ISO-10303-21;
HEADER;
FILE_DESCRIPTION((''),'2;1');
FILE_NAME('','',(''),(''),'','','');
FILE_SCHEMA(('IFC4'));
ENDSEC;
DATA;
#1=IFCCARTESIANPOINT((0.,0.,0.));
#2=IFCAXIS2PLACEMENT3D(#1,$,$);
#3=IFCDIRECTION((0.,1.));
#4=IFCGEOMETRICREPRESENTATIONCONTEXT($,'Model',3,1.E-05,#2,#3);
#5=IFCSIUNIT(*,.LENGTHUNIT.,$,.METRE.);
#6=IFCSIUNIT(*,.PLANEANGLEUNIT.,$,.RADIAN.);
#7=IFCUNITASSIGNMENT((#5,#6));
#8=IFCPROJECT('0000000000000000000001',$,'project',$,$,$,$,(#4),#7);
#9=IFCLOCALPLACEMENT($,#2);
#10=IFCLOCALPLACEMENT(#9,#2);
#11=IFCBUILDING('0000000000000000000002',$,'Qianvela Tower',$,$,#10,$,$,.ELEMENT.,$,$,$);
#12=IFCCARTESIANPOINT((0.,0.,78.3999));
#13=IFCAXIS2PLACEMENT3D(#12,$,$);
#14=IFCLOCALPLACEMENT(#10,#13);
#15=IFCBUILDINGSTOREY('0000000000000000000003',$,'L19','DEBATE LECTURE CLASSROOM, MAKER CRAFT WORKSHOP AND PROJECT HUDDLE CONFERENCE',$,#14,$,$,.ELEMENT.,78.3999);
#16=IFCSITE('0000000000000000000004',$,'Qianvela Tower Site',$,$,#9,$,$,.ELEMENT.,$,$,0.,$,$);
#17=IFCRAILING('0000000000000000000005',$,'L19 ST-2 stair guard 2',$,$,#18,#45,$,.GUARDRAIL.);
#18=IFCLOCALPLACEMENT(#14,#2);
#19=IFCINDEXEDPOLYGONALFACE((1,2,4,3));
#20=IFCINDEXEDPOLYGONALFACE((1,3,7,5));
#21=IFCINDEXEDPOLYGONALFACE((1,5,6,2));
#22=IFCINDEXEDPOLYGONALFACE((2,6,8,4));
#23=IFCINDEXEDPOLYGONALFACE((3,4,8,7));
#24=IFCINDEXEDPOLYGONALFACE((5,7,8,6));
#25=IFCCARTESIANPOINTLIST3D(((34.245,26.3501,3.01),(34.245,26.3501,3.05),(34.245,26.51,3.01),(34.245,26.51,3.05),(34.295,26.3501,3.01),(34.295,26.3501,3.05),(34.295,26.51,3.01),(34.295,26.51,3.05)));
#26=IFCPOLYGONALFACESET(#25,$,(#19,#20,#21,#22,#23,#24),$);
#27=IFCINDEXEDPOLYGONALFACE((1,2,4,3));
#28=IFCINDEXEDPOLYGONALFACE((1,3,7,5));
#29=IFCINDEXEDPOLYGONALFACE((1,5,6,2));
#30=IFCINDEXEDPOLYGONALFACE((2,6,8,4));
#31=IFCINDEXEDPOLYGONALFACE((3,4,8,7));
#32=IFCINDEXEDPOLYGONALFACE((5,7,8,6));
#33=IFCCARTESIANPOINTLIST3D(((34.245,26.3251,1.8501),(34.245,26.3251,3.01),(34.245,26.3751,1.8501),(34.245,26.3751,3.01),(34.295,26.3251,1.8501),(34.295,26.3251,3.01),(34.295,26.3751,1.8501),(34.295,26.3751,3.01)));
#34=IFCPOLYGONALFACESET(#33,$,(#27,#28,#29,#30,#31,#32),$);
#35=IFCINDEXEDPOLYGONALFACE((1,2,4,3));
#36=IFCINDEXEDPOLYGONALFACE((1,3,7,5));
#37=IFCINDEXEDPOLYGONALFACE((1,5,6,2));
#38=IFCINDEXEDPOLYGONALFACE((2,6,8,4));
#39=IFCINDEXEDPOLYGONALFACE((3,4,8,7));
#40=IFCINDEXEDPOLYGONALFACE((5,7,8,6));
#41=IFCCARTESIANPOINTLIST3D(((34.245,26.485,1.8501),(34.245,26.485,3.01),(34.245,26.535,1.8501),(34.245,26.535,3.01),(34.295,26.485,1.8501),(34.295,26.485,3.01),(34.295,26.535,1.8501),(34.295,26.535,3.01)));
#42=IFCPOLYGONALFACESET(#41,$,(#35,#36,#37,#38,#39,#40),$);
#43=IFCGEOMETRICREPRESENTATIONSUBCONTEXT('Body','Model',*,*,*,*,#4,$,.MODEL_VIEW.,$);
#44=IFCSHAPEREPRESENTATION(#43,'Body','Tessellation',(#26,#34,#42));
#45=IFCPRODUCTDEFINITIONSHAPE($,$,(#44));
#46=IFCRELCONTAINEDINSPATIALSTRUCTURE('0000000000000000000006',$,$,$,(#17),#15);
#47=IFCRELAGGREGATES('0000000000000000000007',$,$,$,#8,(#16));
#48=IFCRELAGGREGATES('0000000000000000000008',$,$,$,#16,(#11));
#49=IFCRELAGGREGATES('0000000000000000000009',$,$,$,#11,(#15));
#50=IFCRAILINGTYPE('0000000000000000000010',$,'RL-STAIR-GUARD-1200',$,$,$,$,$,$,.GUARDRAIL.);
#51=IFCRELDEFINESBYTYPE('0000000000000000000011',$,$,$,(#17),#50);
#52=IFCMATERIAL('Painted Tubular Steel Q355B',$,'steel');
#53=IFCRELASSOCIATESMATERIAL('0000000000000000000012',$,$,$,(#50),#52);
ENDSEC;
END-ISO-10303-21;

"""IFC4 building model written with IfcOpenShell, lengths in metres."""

from ifc_helpers import new_model, si_unit, direction, frame, origin, origin_2d, place, context, subcontext, project, spatial, rectangle, extrude, material, type_object, element, save


model = new_model("IFC4")

# Units and contexts
model_context = context("Model", 3, precision=1e-05, world=origin(), true_north=direction((0.0, 1.0)))
body_context = subcontext(model_context, "Body", "Model", "MODEL_VIEW")
ifc_project = project(units=[si_unit("LENGTHUNIT", "METRE"), si_unit("PLANEANGLEUNIT", "RADIAN")], contexts=[model_context])

# Site, building, storey
site_placement = place(None, origin())
site = spatial("IfcSite", under=ifc_project, at=site_placement, Name="Qianvela Tower Site", CompositionType="ELEMENT", RefElevation=0.0)
building_placement = place(site_placement, origin())
building = spatial("IfcBuilding", under=site, at=building_placement, Name="Qianvela Tower", CompositionType="ELEMENT")
storey_placement = place(building_placement, frame((0.0, 0.0, 78.3999)))
storey = spatial("IfcBuildingStorey", under=building, at=storey_placement, Name="L19", Description="DEBATE LECTURE CLASSROOM, MAKER CRAFT WORKSHOP AND PROJECT HUDDLE CONFERENCE", CompositionType="ELEMENT", Elevation=78.3999)

# Railing
ifc_material_1 = material(Name="Painted Tubular Steel Q355B", Category="steel")
railing_type = type_object("IfcRailingType", Name="RL-STAIR-GUARD-1200", PredefinedType="GUARDRAIL", material=ifc_material_1)
railing_placement = place(storey_placement, frame((34.27, 26.3501, 1.8501)))
element("IfcRailing", 1, at=railing_placement, inside=storey, type_object=railing_type, Name="L19 ST-2 stair guard 2", PredefinedType="GUARDRAIL", context=body_context, shape_type="SweptSolid", body=[
    extrude(rectangle(XDim=0.05, YDim=0.04, at=origin_2d()), frame((0.0, 0.0, 1.1799), z_axis=(0.0, 1.0, 0.0), x_axis=(-1.0, 0.0, 0.0)), (0.0, 0.0, 1.0), 0.1599),
    extrude(rectangle(XDim=0.05, YDim=0.05, at=origin_2d()), origin(), (0.0, 0.0, 1.0), 1.1599),
    extrude(rectangle(XDim=0.05, YDim=0.05, at=origin_2d()), frame((0.0, 0.1599, 0.0)), (0.0, 0.0, 1.0), 1.1599),
])

save(model, "model.ifc")
